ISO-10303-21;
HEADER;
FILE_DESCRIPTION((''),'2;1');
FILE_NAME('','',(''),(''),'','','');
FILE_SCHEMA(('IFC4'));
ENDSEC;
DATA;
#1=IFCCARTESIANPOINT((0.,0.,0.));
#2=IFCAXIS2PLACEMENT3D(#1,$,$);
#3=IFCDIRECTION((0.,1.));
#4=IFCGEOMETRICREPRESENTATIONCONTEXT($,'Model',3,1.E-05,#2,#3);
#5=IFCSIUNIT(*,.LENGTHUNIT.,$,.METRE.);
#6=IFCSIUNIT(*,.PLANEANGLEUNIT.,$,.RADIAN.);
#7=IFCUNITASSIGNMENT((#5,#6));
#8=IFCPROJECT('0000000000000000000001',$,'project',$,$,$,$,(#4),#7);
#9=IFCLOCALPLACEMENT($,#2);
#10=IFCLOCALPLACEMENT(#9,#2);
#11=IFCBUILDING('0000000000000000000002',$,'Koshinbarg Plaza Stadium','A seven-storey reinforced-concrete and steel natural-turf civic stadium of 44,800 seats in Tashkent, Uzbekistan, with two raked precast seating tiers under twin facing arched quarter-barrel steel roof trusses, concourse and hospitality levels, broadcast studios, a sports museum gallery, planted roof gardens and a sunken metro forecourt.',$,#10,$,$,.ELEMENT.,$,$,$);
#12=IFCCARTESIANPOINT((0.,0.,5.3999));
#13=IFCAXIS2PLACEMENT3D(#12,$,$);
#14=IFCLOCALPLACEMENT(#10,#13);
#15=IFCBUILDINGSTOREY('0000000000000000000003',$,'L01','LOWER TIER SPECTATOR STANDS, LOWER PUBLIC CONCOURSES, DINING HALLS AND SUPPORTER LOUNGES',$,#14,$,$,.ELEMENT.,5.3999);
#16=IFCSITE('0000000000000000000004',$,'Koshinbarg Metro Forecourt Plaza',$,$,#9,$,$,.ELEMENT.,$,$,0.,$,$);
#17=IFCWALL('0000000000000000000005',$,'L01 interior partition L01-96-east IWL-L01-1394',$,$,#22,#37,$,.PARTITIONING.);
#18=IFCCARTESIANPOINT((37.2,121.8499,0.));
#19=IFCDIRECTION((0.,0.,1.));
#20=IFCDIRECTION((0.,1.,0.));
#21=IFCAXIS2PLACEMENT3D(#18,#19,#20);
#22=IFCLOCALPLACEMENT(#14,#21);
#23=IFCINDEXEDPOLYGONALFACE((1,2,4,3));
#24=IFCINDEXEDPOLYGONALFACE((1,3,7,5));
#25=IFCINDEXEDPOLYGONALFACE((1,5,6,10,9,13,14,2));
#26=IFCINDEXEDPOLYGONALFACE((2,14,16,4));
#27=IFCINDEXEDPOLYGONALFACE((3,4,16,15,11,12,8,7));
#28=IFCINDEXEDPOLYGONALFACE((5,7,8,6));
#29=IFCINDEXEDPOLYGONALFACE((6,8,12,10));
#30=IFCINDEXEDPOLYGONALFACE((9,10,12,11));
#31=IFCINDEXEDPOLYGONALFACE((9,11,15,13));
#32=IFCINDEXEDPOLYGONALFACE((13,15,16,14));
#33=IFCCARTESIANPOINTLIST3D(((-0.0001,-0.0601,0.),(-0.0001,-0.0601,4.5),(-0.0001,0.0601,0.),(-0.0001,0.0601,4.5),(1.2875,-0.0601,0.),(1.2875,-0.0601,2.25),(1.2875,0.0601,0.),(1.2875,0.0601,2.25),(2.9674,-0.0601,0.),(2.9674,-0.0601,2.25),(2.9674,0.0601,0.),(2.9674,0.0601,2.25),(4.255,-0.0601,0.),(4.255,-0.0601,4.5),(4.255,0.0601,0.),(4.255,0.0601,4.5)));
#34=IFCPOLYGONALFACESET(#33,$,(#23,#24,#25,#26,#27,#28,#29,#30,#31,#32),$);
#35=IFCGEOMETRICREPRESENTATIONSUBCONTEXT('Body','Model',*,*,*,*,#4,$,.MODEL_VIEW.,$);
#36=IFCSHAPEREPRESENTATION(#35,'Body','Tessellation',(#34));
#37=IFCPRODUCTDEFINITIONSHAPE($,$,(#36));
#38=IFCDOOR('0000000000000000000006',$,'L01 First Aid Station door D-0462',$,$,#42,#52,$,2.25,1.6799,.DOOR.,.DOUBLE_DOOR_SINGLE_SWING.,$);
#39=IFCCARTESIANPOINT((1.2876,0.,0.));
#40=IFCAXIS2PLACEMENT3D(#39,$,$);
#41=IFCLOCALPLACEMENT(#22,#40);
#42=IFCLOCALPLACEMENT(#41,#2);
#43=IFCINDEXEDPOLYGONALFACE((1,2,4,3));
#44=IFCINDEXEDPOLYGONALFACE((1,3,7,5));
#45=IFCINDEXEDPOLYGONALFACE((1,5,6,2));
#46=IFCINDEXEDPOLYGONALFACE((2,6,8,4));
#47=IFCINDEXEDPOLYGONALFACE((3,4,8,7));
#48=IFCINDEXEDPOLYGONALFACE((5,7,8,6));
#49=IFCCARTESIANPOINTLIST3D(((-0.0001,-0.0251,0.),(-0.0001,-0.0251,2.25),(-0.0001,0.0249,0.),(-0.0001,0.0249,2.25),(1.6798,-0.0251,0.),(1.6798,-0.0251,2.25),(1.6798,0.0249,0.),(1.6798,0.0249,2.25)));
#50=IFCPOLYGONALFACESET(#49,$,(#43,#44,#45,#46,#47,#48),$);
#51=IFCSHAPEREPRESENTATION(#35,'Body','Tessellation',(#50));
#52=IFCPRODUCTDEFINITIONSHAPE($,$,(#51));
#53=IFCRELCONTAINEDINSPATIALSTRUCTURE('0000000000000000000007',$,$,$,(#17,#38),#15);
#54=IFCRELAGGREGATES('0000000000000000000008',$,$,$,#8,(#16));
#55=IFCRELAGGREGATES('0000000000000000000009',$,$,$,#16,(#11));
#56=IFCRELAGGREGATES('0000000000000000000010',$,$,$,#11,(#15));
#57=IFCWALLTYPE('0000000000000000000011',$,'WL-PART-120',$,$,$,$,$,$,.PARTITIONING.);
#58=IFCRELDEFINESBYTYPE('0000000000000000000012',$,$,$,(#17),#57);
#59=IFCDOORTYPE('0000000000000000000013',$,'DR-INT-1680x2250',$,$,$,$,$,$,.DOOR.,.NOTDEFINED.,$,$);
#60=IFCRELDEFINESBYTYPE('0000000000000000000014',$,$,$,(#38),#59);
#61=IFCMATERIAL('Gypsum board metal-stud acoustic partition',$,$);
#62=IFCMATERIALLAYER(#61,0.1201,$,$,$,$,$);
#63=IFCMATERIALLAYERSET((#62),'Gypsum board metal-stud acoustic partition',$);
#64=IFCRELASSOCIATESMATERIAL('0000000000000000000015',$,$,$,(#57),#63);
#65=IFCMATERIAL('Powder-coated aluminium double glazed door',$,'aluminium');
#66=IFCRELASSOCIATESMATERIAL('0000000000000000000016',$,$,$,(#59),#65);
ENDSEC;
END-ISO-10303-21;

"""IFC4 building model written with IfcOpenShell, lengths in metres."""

from ifc_helpers import new_model, si_unit, direction, frame, frame_2d, origin, place, context, subcontext, project, spatial, rectangle, extrude, material, layer, layer_set, type_object, element, fill, save


model = new_model("IFC4")

# Units and contexts
model_context = context("Model", 3, precision=1e-05, world=origin(), true_north=direction((0.0, 1.0)))
body_context = subcontext(model_context, "Body", "Model", "MODEL_VIEW")
ifc_project = project(units=[si_unit("LENGTHUNIT", "METRE"), si_unit("PLANEANGLEUNIT", "RADIAN")], contexts=[model_context])

# Site, building, storey
site_placement = place(None, origin())
site = spatial("IfcSite", under=ifc_project, at=site_placement, Name="Koshinbarg Metro Forecourt Plaza", CompositionType="ELEMENT", RefElevation=0.0)
building_placement = place(site_placement, origin())
building = spatial("IfcBuilding", under=site, at=building_placement, Name="Koshinbarg Plaza Stadium", Description="A seven-storey reinforced-concrete and steel natural-turf civic stadium of 44,800 seats in Tashkent, Uzbekistan, with two raked precast seating tiers under twin facing arched quarter-barrel steel roof trusses, concourse and hospitality levels, broadcast studios, a sports museum gallery, planted roof gardens and a sunken metro forecourt.", CompositionType="ELEMENT")
storey_placement = place(building_placement, frame((0.0, 0.0, 5.3999)))
storey = spatial("IfcBuildingStorey", under=building, at=storey_placement, Name="L01", Description="LOWER TIER SPECTATOR STANDS, LOWER PUBLIC CONCOURSES, DINING HALLS AND SUPPORTER LOUNGES", CompositionType="ELEMENT", Elevation=5.3999)

# Shared definitions
ifc_material_1 = material(Name="Gypsum board metal-stud acoustic partition")
ifc_layer_1 = layer(ifc_material_1, 0.1201)
ifc_layer_set_1 = layer_set([ifc_layer_1], Name="Gypsum board metal-stud acoustic partition")
wall_type_1 = type_object("IfcWallType", Name="WL-PART-120", PredefinedType="PARTITIONING", material=ifc_layer_set_1)

# Wall, opening, door
wall_1_placement = place(storey_placement, frame((37.2, 121.8499, 0.0), z_axis=(0.0, 0.0, 1.0), x_axis=(0.0, 1.0, 0.0)))
wall_1 = element("IfcWall", 1, at=wall_1_placement, inside=storey, type_object=wall_type_1, Name="L01 interior partition L01-96-east IWL-L01-1394", PredefinedType="PARTITIONING", context=body_context, shape_type="SweptSolid", body=[
    extrude(rectangle(XDim=4.2551, YDim=0.1201, at=frame_2d((2.1274, 0.0))), origin(), (0.0, 0.0, 1.0), 4.5),
])
opening_1_placement = place(wall_1_placement, frame((1.2876, 0.0, 0.0)))
opening_1 = element("IfcOpeningElement", 2, at=opening_1_placement, cuts=wall_1, PredefinedType="OPENING", context=body_context, shape_type="SweptSolid", body=[
    extrude(rectangle(XDim=1.6799, YDim=2.25, at=frame_2d((0.8398, 1.125))), frame((0.0, 0.0701, 0.0), z_axis=(0.0, -1.0, 0.0), x_axis=(1.0, 0.0, 0.0)), (0.0, 0.0, 1.0), 0.1401),
])
ifc_material_2 = material(Name="Powder-coated aluminium double glazed door", Category="aluminium")
door_type_1 = type_object("IfcDoorType", Name="DR-INT-1680x2250", OperationType="NOTDEFINED", PredefinedType="DOOR", material=ifc_material_2)
door_1_placement = place(opening_1_placement, origin())
door_1 = element("IfcDoor", 3, at=door_1_placement, inside=storey, type_object=door_type_1, Name="L01 First Aid Station door D-0462", OperationType="DOUBLE_DOOR_SINGLE_SWING", OverallHeight=2.25, OverallWidth=1.6799, PredefinedType="DOOR", context=body_context, shape_type="SweptSolid", body=[
    extrude(rectangle(XDim=1.6799, YDim=2.25, at=frame_2d((0.8398, 1.125))), frame((0.0, 0.0249, 0.0), z_axis=(0.0, -1.0, 0.0), x_axis=(1.0, 0.0, 0.0)), (0.0, 0.0, 1.0), 0.05),
])
fill(opening_1, door_1)

save(model, "model.ifc")
